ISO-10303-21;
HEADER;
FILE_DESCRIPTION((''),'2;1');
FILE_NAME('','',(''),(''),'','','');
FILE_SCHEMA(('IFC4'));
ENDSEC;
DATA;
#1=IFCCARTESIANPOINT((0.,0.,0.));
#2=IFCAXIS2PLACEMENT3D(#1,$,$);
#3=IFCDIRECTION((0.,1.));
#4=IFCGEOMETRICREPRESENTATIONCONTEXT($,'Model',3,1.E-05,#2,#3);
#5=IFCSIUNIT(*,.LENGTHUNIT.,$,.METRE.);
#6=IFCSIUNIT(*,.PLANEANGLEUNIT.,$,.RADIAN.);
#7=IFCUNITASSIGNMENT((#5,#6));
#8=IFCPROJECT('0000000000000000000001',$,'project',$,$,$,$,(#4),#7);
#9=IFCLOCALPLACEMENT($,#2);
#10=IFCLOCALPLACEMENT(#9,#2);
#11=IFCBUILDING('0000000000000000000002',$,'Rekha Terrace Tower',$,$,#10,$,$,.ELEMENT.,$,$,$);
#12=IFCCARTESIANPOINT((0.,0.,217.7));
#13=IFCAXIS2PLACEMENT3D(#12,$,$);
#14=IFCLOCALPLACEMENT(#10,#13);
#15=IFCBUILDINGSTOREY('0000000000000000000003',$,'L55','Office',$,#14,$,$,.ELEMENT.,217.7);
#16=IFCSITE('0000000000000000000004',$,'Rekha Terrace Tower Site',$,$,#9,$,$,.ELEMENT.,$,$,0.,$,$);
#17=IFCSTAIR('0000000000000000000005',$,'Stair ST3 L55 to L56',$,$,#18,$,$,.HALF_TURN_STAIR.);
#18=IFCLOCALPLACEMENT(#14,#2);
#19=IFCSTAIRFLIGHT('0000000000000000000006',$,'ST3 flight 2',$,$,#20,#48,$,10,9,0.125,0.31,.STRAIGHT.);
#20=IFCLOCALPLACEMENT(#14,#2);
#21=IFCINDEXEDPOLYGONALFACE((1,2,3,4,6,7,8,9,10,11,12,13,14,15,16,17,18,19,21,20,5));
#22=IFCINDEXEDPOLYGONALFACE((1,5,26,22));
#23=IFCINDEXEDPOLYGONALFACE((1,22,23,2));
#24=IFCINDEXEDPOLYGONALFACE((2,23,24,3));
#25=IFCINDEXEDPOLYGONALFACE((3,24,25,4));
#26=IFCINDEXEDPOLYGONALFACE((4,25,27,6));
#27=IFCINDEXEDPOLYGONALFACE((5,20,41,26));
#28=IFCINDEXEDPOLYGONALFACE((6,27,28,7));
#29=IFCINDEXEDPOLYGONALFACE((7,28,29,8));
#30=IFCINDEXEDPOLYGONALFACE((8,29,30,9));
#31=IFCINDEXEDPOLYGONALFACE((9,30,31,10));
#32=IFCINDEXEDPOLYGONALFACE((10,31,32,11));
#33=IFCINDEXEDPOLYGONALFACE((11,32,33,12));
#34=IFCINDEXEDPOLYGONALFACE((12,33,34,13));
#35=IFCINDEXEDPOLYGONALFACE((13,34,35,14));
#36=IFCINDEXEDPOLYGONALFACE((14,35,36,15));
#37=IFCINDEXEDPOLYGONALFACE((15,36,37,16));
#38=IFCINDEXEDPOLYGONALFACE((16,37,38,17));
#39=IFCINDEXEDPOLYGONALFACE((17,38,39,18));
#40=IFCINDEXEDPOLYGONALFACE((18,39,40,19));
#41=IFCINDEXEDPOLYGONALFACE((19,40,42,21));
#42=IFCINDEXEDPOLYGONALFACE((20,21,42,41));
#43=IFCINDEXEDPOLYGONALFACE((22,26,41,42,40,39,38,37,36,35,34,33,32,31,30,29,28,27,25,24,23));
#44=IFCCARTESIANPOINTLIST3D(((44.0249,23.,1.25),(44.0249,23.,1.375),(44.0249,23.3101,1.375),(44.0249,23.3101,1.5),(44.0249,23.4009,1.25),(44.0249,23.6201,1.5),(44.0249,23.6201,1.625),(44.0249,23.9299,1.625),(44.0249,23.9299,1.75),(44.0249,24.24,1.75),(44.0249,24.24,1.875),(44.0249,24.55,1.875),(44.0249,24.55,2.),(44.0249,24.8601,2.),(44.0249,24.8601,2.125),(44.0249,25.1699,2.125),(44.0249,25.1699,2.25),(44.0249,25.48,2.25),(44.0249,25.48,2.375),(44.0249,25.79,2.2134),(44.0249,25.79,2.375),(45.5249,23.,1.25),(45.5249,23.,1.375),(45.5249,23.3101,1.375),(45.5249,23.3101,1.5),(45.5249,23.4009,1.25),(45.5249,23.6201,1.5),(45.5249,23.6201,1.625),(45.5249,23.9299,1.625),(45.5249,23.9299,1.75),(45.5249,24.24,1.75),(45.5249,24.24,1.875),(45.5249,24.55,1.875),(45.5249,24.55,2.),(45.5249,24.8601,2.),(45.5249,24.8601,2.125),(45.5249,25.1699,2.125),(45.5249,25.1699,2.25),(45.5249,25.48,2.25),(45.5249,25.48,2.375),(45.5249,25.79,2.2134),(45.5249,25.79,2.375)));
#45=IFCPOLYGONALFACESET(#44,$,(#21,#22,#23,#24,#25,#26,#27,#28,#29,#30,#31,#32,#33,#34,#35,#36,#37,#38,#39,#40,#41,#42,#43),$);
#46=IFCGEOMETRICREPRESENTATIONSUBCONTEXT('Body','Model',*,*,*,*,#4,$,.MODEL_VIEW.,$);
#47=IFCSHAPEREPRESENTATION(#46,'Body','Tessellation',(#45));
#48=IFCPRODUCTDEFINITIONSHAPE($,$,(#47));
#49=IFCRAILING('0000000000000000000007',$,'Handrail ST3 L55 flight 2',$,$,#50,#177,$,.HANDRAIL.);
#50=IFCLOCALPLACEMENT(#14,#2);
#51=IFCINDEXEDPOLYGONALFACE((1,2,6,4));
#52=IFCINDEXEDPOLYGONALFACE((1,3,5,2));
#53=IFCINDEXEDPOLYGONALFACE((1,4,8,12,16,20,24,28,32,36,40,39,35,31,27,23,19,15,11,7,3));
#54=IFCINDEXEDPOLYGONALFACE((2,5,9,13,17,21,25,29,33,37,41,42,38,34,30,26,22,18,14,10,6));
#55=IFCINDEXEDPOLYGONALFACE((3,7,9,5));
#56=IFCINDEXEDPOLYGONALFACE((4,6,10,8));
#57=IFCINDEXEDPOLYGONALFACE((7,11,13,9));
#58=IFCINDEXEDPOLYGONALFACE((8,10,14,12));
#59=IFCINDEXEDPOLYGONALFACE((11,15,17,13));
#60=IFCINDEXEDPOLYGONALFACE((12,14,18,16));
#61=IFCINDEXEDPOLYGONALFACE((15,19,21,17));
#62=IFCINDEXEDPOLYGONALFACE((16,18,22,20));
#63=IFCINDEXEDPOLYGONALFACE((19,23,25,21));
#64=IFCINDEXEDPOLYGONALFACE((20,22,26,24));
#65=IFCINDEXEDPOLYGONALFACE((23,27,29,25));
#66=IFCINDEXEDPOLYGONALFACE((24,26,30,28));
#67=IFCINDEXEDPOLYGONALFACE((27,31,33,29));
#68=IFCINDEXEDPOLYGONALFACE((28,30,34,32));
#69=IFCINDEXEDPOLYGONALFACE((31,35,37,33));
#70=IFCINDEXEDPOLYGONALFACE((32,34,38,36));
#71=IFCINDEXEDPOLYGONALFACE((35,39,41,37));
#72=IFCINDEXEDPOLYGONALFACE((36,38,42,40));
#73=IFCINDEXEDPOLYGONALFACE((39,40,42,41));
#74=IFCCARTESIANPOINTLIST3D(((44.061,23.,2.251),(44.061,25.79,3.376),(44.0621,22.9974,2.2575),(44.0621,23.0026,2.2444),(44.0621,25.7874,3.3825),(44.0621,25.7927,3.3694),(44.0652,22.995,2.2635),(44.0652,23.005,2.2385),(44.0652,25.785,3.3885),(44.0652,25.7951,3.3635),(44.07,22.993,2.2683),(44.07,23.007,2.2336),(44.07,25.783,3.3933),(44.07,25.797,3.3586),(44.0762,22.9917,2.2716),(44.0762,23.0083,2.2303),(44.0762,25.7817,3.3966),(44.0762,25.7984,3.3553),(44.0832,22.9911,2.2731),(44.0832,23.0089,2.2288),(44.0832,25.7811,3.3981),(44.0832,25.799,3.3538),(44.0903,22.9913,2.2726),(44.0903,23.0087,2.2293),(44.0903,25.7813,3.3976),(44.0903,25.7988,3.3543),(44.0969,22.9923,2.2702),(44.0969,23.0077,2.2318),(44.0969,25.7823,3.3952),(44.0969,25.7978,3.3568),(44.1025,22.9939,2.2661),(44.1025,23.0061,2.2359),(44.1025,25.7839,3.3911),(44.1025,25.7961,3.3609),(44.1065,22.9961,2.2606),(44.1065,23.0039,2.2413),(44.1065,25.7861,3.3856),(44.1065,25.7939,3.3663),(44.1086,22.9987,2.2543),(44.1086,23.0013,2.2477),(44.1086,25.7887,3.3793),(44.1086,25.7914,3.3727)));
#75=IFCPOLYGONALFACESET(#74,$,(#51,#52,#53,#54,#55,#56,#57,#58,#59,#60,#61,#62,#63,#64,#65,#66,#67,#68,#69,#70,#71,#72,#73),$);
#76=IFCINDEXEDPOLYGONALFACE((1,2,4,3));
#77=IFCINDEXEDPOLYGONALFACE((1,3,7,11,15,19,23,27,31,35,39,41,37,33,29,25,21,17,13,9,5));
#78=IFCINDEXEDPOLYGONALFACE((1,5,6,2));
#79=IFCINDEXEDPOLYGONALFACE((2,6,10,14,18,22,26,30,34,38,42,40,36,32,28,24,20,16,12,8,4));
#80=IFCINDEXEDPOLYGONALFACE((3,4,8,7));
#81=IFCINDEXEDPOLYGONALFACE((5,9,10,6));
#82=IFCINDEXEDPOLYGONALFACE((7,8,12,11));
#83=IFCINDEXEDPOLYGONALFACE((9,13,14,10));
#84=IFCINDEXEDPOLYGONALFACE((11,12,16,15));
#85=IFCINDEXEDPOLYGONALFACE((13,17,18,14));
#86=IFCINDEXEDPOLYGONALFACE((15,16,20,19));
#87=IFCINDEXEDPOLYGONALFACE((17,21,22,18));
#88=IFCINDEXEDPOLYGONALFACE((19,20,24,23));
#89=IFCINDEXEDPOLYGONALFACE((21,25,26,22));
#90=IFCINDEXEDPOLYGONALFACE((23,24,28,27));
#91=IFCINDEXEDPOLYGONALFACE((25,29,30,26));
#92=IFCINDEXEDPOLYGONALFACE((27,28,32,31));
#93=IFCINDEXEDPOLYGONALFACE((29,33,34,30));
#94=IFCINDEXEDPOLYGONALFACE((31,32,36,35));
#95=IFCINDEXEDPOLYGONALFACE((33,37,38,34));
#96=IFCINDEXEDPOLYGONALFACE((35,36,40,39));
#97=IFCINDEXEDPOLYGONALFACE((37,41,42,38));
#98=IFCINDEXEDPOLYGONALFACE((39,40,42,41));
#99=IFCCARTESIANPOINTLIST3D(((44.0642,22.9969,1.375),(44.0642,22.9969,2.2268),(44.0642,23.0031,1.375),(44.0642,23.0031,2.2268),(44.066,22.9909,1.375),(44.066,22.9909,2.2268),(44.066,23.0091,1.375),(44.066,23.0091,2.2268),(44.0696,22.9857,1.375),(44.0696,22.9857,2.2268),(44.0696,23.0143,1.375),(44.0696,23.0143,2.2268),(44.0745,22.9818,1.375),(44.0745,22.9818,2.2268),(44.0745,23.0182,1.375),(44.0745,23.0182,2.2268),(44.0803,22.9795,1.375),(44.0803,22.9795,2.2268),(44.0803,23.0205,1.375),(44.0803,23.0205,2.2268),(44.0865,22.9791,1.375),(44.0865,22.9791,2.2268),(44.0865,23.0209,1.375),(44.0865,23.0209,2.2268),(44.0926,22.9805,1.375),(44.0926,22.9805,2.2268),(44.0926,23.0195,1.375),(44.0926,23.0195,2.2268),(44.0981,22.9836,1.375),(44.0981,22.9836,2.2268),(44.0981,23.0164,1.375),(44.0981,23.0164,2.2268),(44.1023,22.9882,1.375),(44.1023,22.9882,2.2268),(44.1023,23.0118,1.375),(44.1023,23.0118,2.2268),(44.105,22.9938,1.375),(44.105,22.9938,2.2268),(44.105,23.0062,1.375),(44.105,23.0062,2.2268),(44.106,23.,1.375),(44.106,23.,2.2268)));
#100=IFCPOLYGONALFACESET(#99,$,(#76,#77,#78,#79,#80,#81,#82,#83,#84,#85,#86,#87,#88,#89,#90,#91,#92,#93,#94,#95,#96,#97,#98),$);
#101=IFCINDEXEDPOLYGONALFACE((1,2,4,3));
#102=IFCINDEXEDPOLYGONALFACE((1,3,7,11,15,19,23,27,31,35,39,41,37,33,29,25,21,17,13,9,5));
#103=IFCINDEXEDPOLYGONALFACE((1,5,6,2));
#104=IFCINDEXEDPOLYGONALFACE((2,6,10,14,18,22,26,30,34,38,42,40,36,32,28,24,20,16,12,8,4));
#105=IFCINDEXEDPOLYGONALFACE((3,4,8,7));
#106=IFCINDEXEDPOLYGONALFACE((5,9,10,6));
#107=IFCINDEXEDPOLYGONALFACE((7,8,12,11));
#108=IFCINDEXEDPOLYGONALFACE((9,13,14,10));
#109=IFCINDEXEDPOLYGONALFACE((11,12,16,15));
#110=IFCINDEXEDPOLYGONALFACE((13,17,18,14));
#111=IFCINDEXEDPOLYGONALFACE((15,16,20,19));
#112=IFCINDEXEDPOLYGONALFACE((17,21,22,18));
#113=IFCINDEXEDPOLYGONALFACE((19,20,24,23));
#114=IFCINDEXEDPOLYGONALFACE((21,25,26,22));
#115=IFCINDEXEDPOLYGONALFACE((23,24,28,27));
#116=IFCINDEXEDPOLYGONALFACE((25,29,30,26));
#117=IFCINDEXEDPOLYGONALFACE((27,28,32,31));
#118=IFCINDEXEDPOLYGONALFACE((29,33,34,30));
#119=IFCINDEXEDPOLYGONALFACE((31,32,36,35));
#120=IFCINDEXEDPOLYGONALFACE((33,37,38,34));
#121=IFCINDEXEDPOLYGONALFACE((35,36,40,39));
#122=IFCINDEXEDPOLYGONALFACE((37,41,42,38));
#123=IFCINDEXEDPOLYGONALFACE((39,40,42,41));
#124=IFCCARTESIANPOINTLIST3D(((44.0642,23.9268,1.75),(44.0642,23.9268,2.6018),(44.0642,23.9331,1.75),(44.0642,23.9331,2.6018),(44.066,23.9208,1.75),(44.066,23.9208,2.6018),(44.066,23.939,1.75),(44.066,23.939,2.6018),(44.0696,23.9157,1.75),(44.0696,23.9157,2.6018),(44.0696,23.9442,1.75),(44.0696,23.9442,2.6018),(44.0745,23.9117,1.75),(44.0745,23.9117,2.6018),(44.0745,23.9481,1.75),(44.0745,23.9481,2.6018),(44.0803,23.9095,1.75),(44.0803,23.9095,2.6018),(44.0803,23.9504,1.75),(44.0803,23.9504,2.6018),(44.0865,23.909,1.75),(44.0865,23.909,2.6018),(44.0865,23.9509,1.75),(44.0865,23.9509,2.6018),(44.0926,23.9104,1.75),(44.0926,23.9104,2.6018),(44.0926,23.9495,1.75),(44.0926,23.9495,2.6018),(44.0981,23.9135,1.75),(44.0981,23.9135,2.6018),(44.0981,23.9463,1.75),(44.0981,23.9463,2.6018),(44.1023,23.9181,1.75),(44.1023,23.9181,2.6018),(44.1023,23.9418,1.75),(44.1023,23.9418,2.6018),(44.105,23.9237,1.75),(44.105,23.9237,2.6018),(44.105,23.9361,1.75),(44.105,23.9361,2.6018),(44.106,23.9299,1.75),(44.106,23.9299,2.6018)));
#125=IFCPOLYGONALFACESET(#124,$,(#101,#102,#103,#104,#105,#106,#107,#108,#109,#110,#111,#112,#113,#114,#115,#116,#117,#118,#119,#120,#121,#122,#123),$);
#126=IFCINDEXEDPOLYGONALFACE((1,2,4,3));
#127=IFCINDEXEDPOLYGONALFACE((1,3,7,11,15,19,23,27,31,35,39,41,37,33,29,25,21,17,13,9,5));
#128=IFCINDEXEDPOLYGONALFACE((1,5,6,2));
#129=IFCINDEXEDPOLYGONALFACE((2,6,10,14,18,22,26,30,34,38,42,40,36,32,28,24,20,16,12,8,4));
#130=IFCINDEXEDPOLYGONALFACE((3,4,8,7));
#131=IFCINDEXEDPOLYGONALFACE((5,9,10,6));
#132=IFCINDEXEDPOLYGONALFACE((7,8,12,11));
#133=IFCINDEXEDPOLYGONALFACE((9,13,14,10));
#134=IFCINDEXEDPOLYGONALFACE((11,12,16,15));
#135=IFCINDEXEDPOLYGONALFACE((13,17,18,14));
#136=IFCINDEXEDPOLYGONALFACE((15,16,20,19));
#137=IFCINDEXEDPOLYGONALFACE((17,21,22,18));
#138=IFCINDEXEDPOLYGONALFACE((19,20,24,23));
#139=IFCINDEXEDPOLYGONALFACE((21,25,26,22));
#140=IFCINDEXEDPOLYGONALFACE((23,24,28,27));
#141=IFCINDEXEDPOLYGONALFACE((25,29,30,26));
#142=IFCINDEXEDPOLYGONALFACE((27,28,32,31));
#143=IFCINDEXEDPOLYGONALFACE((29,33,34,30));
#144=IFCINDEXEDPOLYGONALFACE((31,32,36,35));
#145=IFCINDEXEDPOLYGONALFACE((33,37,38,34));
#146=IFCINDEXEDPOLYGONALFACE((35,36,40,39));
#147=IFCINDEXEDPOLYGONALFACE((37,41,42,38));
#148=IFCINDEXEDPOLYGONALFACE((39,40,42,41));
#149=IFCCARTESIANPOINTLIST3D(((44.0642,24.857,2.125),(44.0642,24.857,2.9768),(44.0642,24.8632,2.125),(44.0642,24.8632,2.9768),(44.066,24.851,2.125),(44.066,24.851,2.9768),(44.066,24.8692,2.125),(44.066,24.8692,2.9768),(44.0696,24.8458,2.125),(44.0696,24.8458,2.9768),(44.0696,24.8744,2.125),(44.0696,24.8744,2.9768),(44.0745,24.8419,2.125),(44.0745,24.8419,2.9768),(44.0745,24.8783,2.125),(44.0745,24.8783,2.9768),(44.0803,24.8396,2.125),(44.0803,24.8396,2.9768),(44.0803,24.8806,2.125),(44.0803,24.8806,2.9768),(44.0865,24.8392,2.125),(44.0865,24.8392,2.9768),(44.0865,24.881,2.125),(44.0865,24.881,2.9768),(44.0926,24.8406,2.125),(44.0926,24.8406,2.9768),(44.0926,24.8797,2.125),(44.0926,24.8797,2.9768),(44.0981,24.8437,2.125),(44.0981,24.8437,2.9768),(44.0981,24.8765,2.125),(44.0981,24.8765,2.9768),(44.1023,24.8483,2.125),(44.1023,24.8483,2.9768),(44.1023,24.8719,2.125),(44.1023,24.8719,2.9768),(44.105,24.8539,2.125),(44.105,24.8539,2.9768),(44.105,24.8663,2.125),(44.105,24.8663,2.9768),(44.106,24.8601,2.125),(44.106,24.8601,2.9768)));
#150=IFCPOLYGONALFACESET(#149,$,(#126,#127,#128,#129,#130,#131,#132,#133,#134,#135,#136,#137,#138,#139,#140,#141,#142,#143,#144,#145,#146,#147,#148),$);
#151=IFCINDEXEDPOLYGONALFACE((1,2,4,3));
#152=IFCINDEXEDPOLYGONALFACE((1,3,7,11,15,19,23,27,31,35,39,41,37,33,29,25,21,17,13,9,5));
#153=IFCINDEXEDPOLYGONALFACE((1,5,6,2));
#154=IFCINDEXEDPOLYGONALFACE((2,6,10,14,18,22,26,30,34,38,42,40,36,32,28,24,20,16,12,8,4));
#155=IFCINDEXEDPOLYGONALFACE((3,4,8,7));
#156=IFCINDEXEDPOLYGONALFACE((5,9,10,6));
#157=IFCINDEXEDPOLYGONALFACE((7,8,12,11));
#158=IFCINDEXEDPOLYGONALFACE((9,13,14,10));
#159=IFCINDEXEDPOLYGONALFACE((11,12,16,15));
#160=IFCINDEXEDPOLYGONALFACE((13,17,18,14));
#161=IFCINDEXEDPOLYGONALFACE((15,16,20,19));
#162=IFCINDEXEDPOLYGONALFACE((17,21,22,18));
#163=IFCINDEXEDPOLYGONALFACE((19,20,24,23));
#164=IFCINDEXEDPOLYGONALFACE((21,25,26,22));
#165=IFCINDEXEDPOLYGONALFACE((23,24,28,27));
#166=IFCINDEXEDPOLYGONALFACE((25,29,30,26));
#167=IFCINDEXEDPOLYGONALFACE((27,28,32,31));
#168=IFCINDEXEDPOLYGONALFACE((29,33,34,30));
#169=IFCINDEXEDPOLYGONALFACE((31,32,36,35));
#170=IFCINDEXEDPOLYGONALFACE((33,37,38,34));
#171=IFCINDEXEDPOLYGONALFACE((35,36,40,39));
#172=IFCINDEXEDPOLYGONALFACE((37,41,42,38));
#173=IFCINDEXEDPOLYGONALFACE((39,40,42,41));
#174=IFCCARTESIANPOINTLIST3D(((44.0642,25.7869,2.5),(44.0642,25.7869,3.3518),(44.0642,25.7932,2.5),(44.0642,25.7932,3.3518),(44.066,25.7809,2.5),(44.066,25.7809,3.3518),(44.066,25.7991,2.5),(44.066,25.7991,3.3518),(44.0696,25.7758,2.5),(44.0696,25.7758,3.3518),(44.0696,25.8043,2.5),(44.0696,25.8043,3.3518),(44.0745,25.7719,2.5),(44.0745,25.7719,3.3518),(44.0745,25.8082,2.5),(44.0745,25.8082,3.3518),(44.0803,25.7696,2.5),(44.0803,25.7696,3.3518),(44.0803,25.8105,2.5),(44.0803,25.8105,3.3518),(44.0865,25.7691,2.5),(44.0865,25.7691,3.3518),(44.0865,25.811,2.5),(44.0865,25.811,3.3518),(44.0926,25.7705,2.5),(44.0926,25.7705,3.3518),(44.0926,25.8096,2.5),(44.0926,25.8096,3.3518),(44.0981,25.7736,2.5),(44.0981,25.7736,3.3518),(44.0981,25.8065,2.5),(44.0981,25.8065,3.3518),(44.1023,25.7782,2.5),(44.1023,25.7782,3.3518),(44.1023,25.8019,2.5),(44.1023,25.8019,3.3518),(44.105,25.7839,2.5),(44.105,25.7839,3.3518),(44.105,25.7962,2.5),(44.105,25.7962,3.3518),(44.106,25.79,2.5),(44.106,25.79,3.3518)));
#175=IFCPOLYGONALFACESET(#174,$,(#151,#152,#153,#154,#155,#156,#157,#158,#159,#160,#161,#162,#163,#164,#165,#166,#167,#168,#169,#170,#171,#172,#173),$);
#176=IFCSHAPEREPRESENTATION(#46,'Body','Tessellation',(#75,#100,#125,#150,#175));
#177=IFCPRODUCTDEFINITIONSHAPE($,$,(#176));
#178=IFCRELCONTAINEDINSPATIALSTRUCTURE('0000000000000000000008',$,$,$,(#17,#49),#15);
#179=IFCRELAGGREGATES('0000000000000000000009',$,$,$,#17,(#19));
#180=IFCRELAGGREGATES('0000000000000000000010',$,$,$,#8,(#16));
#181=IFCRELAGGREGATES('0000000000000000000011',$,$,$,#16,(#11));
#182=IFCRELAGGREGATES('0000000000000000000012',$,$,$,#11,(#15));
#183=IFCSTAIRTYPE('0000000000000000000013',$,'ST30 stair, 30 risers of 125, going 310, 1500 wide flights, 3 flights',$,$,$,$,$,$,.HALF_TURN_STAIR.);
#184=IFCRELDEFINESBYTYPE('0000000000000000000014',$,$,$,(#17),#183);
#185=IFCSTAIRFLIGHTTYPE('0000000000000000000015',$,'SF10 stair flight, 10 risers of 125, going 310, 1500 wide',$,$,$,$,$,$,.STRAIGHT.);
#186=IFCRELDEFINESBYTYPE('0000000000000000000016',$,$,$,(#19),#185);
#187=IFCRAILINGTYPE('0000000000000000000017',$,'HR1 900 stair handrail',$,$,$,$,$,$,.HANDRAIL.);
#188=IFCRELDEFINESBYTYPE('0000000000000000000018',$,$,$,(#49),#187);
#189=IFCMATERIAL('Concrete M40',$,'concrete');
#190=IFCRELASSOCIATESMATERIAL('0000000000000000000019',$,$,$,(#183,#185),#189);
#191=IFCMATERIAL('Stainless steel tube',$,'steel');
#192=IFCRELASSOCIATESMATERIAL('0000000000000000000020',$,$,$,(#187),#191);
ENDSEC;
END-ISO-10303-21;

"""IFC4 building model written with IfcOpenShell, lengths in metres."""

from ifc_helpers import new_model, si_unit, direction, frame, origin, origin_2d, place, context, subcontext, project, spatial, polyline, circle, outline, extrude, material, type_object, element, aggregate, save


model = new_model("IFC4")

# Units and contexts
model_context = context("Model", 3, precision=1e-05, world=origin(), true_north=direction((0.0, 1.0)))
body_context = subcontext(model_context, "Body", "Model", "MODEL_VIEW")
ifc_project = project(units=[si_unit("LENGTHUNIT", "METRE"), si_unit("PLANEANGLEUNIT", "RADIAN")], contexts=[model_context])

# Site, building, storey
site_placement = place(None, origin())
site = spatial("IfcSite", under=ifc_project, at=site_placement, Name="Rekha Terrace Tower Site", CompositionType="ELEMENT", RefElevation=0.0)
building_placement = place(site_placement, origin())
building = spatial("IfcBuilding", under=site, at=building_placement, Name="Rekha Terrace Tower", CompositionType="ELEMENT")
storey_placement = place(building_placement, frame((0.0, 0.0, 217.7)))
storey = spatial("IfcBuildingStorey", under=building, at=storey_placement, Name="L55", Description="Office", CompositionType="ELEMENT", Elevation=217.7)

# Stair, stair flight
ifc_material_1 = material(Name="Concrete M40", Category="concrete")
stair_type = type_object("IfcStairType", Name="ST30 stair, 30 risers of 125, going 310, 1500 wide flights, 3 flights", PredefinedType="HALF_TURN_STAIR", material=ifc_material_1)
stair_placement = place(storey_placement, origin())
stair = element("IfcStair", 1, at=stair_placement, inside=storey, type_object=stair_type, Name="Stair ST3 L55 to L56", PredefinedType="HALF_TURN_STAIR")
stair_flight_type = type_object("IfcStairFlightType", Name="SF10 stair flight, 10 risers of 125, going 310, 1500 wide", PredefinedType="STRAIGHT", material=ifc_material_1)
stair_flight_placement = place(storey_placement, frame((44.7749, 23.0, 1.25), z_axis=(0.0, 0.0, 1.0), x_axis=(0.0, 1.0, 0.0)))
stair_flight = element("IfcStairFlight", 2, at=stair_flight_placement, type_object=stair_flight_type, Name="ST3 flight 2", NumberOfRisers=10, NumberOfTreads=9, PredefinedType="STRAIGHT", RiserHeight=0.125, TreadLength=0.31, context=body_context, shape_type="SweptSolid", body=[
    extrude(outline(polyline([(0.0, 0.0), (0.0, 0.125), (0.3101, 0.125), (0.3101, 0.25), (0.6201, 0.25), (0.6201, 0.375), (0.9299, 0.375), (0.9299, 0.5), (1.24, 0.5), (1.24, 0.625), (1.55, 0.625), (1.55, 0.75), (1.8601, 0.75), (1.8601, 0.875), (2.1699, 0.875), (2.1699, 1.0), (2.48, 1.0), (2.48, 1.125), (2.79, 1.125), (2.79, 1.25), (2.79, 0.9634), (0.4009, 0.0), (0.0, 0.0)])), frame((0.0, 0.75, 0.0), z_axis=(0.0, -1.0, 0.0), x_axis=(1.0, 0.0, 0.0)), (0.0, 0.0, 1.0), 1.5),
])
aggregate(stair, [stair_flight])

# Railing
ifc_material_2 = material(Name="Stainless steel tube", Category="steel")
railing_type = type_object("IfcRailingType", Name="HR1 900 stair handrail", PredefinedType="HANDRAIL", material=ifc_material_2)
railing_placement = place(storey_placement, frame((44.085, 23.0, 1.375)))
element("IfcRailing", 3, at=railing_placement, inside=storey, type_object=railing_type, Name="Handrail ST3 L55 flight 2", PredefinedType="HANDRAIL", context=body_context, shape_type="SweptSolid", body=[
    extrude(circle(Radius=0.0239, at=origin_2d()), frame((0.0, 0.0, 0.876), z_axis=(0.0, 0.927443, 0.373964), x_axis=(-1.0, 0.0, 0.0)), (0.0, 0.0, 1.0), 3.0083),
    extrude(circle(Radius=0.021, at=origin_2d()), origin(), (0.0, 0.0, 1.0), 0.8518),
    extrude(circle(Radius=0.021, at=origin_2d()), frame((0.0, 0.9299, 0.375)), (0.0, 0.0, 1.0), 0.8518),
    extrude(circle(Radius=0.021, at=origin_2d()), frame((0.0, 1.8601, 0.75)), (0.0, 0.0, 1.0), 0.8518),
    extrude(circle(Radius=0.021, at=origin_2d()), frame((0.0, 2.79, 1.125)), (0.0, 0.0, 1.0), 0.8518),
])

save(model, "model.ifc")
